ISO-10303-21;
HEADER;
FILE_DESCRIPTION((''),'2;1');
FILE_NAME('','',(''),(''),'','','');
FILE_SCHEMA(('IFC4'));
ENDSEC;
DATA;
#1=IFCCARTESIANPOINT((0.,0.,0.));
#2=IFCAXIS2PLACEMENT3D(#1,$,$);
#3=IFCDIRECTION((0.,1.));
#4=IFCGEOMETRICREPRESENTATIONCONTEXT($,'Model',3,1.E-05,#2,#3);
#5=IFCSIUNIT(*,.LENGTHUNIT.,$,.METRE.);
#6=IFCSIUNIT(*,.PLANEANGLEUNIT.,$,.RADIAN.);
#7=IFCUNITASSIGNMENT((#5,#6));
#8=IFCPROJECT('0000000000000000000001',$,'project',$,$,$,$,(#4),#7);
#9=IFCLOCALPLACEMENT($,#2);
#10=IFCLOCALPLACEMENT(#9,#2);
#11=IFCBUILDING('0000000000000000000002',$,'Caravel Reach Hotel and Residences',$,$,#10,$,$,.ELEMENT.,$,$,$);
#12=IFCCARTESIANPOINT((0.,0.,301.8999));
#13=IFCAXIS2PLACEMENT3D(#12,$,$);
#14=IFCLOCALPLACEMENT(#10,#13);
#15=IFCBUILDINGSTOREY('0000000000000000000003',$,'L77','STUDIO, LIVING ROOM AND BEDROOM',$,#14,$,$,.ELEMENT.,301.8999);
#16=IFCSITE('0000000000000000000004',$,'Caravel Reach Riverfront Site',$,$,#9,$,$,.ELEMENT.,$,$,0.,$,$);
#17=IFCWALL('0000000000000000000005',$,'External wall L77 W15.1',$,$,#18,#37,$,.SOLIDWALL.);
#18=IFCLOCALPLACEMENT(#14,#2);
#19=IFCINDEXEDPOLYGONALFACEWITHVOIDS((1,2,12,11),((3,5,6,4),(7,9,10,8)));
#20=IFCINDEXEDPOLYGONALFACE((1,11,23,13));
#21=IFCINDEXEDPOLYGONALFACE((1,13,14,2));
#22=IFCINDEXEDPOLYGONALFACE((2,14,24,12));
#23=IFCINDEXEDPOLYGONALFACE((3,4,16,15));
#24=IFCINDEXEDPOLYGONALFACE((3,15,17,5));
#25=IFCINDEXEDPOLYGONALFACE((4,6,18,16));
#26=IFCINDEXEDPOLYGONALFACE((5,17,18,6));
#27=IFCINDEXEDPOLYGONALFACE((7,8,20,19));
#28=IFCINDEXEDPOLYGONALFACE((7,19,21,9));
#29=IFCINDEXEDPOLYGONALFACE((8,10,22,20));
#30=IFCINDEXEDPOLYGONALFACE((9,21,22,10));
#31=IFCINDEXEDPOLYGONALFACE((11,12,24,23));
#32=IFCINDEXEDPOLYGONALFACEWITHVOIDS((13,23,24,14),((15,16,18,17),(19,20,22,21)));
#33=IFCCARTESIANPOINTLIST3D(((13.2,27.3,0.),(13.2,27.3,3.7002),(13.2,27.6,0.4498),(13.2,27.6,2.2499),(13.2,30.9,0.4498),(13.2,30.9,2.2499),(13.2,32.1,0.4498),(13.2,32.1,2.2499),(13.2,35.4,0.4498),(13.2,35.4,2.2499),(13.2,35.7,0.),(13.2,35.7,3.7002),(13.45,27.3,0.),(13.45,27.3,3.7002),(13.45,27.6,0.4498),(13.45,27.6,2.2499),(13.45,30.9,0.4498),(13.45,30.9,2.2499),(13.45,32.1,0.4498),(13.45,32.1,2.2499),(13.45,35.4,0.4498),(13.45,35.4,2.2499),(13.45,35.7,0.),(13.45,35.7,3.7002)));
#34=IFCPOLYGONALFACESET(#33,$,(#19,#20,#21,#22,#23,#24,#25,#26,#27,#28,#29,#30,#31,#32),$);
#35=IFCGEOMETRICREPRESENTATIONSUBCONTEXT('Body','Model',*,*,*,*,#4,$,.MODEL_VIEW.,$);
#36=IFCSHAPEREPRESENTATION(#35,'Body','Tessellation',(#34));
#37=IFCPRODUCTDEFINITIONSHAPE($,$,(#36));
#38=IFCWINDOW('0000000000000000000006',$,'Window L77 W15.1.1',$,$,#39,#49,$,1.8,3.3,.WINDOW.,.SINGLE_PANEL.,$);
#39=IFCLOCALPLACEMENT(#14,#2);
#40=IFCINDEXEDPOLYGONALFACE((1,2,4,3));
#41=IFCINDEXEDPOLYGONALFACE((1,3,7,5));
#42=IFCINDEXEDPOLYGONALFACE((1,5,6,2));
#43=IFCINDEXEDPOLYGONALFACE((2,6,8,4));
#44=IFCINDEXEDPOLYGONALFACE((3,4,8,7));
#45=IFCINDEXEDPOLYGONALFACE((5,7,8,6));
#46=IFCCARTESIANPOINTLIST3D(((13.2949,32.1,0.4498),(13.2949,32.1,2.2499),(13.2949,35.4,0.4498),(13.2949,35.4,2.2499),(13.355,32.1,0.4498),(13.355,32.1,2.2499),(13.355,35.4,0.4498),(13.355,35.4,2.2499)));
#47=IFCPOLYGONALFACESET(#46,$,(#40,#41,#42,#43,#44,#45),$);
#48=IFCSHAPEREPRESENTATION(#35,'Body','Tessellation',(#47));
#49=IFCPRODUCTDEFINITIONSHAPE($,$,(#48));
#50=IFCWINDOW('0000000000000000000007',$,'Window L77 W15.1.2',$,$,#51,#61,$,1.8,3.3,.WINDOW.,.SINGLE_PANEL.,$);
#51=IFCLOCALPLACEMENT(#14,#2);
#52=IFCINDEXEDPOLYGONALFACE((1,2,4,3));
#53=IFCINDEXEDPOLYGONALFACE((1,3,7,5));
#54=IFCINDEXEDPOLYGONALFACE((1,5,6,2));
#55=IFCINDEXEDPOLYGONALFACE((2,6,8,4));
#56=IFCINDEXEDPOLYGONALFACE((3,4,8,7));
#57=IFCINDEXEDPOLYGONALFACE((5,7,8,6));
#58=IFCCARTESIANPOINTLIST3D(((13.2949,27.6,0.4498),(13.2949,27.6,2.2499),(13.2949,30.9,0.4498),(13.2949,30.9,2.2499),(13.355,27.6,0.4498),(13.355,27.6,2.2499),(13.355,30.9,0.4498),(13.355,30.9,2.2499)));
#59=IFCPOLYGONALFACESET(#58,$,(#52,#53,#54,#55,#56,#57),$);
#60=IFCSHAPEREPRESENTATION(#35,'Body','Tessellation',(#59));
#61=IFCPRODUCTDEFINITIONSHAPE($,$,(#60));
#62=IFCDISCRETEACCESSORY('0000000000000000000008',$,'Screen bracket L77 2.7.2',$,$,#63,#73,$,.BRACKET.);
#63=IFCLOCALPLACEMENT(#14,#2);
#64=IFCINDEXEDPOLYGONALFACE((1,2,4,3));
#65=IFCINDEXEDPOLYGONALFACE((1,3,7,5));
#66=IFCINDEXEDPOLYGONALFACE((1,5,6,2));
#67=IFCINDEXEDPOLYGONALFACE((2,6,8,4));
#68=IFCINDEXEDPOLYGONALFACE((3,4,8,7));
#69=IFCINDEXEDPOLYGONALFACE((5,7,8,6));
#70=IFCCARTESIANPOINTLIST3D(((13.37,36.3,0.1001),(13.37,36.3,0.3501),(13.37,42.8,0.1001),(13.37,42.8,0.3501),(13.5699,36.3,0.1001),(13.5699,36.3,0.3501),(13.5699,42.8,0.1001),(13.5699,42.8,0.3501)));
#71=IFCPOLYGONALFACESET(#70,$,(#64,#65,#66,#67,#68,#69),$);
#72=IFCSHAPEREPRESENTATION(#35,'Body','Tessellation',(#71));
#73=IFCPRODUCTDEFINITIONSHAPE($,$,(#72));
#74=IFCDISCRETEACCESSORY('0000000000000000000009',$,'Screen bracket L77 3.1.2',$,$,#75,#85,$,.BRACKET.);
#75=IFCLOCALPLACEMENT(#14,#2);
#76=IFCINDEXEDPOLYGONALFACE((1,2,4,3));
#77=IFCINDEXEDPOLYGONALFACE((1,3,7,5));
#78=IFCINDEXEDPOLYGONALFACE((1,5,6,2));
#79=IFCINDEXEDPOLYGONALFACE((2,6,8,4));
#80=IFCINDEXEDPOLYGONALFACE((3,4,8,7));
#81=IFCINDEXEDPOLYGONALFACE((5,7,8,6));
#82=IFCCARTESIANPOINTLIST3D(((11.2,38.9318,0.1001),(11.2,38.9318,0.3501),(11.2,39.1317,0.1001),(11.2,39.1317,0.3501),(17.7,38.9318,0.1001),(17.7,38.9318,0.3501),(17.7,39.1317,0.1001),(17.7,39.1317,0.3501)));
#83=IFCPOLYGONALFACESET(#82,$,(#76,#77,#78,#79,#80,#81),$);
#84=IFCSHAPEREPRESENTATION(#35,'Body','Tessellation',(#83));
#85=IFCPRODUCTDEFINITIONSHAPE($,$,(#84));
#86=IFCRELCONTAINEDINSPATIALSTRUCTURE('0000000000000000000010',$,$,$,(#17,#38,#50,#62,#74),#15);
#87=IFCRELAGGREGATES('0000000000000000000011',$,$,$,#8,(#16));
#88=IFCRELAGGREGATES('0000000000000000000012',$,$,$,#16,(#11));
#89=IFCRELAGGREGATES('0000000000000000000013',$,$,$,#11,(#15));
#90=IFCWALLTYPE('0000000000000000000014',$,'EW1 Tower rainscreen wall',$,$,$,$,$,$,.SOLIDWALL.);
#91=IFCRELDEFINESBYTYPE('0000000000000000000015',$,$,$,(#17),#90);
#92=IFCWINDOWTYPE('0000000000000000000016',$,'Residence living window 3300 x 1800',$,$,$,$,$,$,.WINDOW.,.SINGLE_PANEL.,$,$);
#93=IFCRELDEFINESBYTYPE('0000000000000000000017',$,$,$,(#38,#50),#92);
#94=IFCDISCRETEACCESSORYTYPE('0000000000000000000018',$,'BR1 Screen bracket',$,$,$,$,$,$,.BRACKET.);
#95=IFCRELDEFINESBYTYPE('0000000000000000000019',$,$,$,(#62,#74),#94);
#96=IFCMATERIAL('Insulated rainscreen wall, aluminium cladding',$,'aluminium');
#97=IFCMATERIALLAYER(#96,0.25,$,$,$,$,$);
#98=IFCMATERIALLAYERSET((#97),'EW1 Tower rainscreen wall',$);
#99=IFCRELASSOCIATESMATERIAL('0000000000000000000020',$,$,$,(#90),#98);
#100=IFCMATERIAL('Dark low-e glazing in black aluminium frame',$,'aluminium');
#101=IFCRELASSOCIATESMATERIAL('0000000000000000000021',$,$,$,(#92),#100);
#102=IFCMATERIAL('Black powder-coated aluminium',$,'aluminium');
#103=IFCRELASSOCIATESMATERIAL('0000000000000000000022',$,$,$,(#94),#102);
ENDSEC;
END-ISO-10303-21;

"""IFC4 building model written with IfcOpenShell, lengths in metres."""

from ifc_helpers import new_model, si_unit, direction, frame, frame_2d, origin, origin_2d, place, context, subcontext, project, spatial, rectangle, extrude, material, layer, layer_set, type_object, element, fill, save


model = new_model("IFC4")

# Units and contexts
model_context = context("Model", 3, precision=1e-05, world=origin(), true_north=direction((0.0, 1.0)))
body_context = subcontext(model_context, "Body", "Model", "MODEL_VIEW")
ifc_project = project(units=[si_unit("LENGTHUNIT", "METRE"), si_unit("PLANEANGLEUNIT", "RADIAN")], contexts=[model_context])

# Site, building, storey
site_placement = place(None, origin())
site = spatial("IfcSite", under=ifc_project, at=site_placement, Name="Caravel Reach Riverfront Site", CompositionType="ELEMENT", RefElevation=0.0)
building_placement = place(site_placement, origin())
building = spatial("IfcBuilding", under=site, at=building_placement, Name="Caravel Reach Hotel and Residences", CompositionType="ELEMENT")
storey_placement = place(building_placement, frame((0.0, 0.0, 301.8999)))
storey = spatial("IfcBuildingStorey", under=building, at=storey_placement, Name="L77", Description="STUDIO, LIVING ROOM AND BEDROOM", CompositionType="ELEMENT", Elevation=301.8999)

# Shared definitions
ifc_material_1 = material(Name="Insulated rainscreen wall, aluminium cladding", Category="aluminium")
ifc_layer = layer(ifc_material_1, 0.25)
ifc_layer_set = layer_set([ifc_layer], Name="EW1 Tower rainscreen wall")
wall_type = type_object("IfcWallType", Name="EW1 Tower rainscreen wall", PredefinedType="SOLIDWALL", material=ifc_layer_set)

# Wall, openings, windows
wall_1_placement = place(storey_placement, frame((13.325, 35.7, 0.0), z_axis=(0.0, 0.0, 1.0), x_axis=(0.0, -1.0, 0.0)))
wall_1 = element("IfcWall", 1, at=wall_1_placement, inside=storey, type_object=wall_type, Name="External wall L77 W15.1", PredefinedType="SOLIDWALL", context=body_context, shape_type="SweptSolid", body=[
    extrude(rectangle(XDim=8.3999, YDim=0.25, at=frame_2d((4.2, 0.0))), origin(), (0.0, 0.0, 1.0), 3.7002),
])
opening_1_placement = place(wall_1_placement, frame((0.3, 0.0, 0.45)))
opening_1 = element("IfcOpeningElement", 2, at=opening_1_placement, cuts=wall_1, PredefinedType="OPENING", context=body_context, shape_type="SweptSolid", body=[
    extrude(rectangle(XDim=3.3, YDim=1.8, at=frame_2d((1.6499, 0.8999))), frame((0.0, 0.135, 0.0), z_axis=(0.0, -1.0, 0.0), x_axis=(1.0, 0.0, 0.0)), (0.0, 0.0, 1.0), 0.27),
])
opening_2_placement = place(wall_1_placement, frame((4.8, 0.0, 0.45)))
opening_2 = element("IfcOpeningElement", 3, at=opening_2_placement, cuts=wall_1, PredefinedType="OPENING", context=body_context, shape_type="SweptSolid", body=[
    extrude(rectangle(XDim=3.3, YDim=1.8, at=frame_2d((1.6499, 0.8999))), frame((0.0, 0.135, 0.0), z_axis=(0.0, -1.0, 0.0), x_axis=(1.0, 0.0, 0.0)), (0.0, 0.0, 1.0), 0.27),
])
ifc_material_2 = material(Name="Dark low-e glazing in black aluminium frame", Category="aluminium")
window_type_1 = type_object("IfcWindowType", Name="Residence living window 3300 x 1800", PartitioningType="SINGLE_PANEL", PredefinedType="WINDOW", material=ifc_material_2)
window_1_placement = place(opening_1_placement, origin())
window_1 = element("IfcWindow", 4, at=window_1_placement, inside=storey, type_object=window_type_1, Name="Window L77 W15.1.1", OverallHeight=1.8, OverallWidth=3.3, PartitioningType="SINGLE_PANEL", PredefinedType="WINDOW", context=body_context, shape_type="SweptSolid", body=[
    extrude(rectangle(XDim=3.3, YDim=1.8, at=frame_2d((1.6499, 0.8999))), frame((0.0, 0.03, 0.0), z_axis=(0.0, -1.0, 0.0), x_axis=(1.0, 0.0, 0.0)), (0.0, 0.0, 1.0), 0.0601),
])
fill(opening_1, window_1)
window_2_placement = place(opening_2_placement, origin())
window_2 = element("IfcWindow", 5, at=window_2_placement, inside=storey, type_object=window_type_1, Name="Window L77 W15.1.2", OverallHeight=1.8, OverallWidth=3.3, PartitioningType="SINGLE_PANEL", PredefinedType="WINDOW", context=body_context, shape_type="SweptSolid", body=[
    extrude(rectangle(XDim=3.3, YDim=1.8, at=frame_2d((1.6499, 0.8999))), frame((0.0, 0.03, 0.0), z_axis=(0.0, -1.0, 0.0), x_axis=(1.0, 0.0, 0.0)), (0.0, 0.0, 1.0), 0.0601),
])
fill(opening_2, window_2)

# Discrete accessories
ifc_material_3 = material(Name="Black powder-coated aluminium", Category="aluminium")
discrete_accessory_type = type_object("IfcDiscreteAccessoryType", Name="BR1 Screen bracket", PredefinedType="BRACKET", material=ifc_material_3)
for number, where, z_axis, x_axis, name in (
    (6, (13.47, 39.55, 0.1001), (0.0, 0.0, 1.0), (0.0, 1.0, 0.0), "Screen bracket L77 2.7.2"),
    (7, (14.45, 39.0317, 0.1001), (0.0, 0.0, 1.0), (-1.0, 0.0, 0.0), "Screen bracket L77 3.1.2"),
):
    element("IfcDiscreteAccessory", number, at=place(storey_placement, frame(where, z_axis=z_axis, x_axis=x_axis)), inside=storey, type_object=discrete_accessory_type, Name=name, PredefinedType="BRACKET", context=body_context, shape_type="SweptSolid", body=[
        extrude(rectangle(XDim=6.5, YDim=0.2, at=origin_2d()), origin(), (0.0, 0.0, 1.0), 0.25),
    ])

save(model, "model.ifc")
